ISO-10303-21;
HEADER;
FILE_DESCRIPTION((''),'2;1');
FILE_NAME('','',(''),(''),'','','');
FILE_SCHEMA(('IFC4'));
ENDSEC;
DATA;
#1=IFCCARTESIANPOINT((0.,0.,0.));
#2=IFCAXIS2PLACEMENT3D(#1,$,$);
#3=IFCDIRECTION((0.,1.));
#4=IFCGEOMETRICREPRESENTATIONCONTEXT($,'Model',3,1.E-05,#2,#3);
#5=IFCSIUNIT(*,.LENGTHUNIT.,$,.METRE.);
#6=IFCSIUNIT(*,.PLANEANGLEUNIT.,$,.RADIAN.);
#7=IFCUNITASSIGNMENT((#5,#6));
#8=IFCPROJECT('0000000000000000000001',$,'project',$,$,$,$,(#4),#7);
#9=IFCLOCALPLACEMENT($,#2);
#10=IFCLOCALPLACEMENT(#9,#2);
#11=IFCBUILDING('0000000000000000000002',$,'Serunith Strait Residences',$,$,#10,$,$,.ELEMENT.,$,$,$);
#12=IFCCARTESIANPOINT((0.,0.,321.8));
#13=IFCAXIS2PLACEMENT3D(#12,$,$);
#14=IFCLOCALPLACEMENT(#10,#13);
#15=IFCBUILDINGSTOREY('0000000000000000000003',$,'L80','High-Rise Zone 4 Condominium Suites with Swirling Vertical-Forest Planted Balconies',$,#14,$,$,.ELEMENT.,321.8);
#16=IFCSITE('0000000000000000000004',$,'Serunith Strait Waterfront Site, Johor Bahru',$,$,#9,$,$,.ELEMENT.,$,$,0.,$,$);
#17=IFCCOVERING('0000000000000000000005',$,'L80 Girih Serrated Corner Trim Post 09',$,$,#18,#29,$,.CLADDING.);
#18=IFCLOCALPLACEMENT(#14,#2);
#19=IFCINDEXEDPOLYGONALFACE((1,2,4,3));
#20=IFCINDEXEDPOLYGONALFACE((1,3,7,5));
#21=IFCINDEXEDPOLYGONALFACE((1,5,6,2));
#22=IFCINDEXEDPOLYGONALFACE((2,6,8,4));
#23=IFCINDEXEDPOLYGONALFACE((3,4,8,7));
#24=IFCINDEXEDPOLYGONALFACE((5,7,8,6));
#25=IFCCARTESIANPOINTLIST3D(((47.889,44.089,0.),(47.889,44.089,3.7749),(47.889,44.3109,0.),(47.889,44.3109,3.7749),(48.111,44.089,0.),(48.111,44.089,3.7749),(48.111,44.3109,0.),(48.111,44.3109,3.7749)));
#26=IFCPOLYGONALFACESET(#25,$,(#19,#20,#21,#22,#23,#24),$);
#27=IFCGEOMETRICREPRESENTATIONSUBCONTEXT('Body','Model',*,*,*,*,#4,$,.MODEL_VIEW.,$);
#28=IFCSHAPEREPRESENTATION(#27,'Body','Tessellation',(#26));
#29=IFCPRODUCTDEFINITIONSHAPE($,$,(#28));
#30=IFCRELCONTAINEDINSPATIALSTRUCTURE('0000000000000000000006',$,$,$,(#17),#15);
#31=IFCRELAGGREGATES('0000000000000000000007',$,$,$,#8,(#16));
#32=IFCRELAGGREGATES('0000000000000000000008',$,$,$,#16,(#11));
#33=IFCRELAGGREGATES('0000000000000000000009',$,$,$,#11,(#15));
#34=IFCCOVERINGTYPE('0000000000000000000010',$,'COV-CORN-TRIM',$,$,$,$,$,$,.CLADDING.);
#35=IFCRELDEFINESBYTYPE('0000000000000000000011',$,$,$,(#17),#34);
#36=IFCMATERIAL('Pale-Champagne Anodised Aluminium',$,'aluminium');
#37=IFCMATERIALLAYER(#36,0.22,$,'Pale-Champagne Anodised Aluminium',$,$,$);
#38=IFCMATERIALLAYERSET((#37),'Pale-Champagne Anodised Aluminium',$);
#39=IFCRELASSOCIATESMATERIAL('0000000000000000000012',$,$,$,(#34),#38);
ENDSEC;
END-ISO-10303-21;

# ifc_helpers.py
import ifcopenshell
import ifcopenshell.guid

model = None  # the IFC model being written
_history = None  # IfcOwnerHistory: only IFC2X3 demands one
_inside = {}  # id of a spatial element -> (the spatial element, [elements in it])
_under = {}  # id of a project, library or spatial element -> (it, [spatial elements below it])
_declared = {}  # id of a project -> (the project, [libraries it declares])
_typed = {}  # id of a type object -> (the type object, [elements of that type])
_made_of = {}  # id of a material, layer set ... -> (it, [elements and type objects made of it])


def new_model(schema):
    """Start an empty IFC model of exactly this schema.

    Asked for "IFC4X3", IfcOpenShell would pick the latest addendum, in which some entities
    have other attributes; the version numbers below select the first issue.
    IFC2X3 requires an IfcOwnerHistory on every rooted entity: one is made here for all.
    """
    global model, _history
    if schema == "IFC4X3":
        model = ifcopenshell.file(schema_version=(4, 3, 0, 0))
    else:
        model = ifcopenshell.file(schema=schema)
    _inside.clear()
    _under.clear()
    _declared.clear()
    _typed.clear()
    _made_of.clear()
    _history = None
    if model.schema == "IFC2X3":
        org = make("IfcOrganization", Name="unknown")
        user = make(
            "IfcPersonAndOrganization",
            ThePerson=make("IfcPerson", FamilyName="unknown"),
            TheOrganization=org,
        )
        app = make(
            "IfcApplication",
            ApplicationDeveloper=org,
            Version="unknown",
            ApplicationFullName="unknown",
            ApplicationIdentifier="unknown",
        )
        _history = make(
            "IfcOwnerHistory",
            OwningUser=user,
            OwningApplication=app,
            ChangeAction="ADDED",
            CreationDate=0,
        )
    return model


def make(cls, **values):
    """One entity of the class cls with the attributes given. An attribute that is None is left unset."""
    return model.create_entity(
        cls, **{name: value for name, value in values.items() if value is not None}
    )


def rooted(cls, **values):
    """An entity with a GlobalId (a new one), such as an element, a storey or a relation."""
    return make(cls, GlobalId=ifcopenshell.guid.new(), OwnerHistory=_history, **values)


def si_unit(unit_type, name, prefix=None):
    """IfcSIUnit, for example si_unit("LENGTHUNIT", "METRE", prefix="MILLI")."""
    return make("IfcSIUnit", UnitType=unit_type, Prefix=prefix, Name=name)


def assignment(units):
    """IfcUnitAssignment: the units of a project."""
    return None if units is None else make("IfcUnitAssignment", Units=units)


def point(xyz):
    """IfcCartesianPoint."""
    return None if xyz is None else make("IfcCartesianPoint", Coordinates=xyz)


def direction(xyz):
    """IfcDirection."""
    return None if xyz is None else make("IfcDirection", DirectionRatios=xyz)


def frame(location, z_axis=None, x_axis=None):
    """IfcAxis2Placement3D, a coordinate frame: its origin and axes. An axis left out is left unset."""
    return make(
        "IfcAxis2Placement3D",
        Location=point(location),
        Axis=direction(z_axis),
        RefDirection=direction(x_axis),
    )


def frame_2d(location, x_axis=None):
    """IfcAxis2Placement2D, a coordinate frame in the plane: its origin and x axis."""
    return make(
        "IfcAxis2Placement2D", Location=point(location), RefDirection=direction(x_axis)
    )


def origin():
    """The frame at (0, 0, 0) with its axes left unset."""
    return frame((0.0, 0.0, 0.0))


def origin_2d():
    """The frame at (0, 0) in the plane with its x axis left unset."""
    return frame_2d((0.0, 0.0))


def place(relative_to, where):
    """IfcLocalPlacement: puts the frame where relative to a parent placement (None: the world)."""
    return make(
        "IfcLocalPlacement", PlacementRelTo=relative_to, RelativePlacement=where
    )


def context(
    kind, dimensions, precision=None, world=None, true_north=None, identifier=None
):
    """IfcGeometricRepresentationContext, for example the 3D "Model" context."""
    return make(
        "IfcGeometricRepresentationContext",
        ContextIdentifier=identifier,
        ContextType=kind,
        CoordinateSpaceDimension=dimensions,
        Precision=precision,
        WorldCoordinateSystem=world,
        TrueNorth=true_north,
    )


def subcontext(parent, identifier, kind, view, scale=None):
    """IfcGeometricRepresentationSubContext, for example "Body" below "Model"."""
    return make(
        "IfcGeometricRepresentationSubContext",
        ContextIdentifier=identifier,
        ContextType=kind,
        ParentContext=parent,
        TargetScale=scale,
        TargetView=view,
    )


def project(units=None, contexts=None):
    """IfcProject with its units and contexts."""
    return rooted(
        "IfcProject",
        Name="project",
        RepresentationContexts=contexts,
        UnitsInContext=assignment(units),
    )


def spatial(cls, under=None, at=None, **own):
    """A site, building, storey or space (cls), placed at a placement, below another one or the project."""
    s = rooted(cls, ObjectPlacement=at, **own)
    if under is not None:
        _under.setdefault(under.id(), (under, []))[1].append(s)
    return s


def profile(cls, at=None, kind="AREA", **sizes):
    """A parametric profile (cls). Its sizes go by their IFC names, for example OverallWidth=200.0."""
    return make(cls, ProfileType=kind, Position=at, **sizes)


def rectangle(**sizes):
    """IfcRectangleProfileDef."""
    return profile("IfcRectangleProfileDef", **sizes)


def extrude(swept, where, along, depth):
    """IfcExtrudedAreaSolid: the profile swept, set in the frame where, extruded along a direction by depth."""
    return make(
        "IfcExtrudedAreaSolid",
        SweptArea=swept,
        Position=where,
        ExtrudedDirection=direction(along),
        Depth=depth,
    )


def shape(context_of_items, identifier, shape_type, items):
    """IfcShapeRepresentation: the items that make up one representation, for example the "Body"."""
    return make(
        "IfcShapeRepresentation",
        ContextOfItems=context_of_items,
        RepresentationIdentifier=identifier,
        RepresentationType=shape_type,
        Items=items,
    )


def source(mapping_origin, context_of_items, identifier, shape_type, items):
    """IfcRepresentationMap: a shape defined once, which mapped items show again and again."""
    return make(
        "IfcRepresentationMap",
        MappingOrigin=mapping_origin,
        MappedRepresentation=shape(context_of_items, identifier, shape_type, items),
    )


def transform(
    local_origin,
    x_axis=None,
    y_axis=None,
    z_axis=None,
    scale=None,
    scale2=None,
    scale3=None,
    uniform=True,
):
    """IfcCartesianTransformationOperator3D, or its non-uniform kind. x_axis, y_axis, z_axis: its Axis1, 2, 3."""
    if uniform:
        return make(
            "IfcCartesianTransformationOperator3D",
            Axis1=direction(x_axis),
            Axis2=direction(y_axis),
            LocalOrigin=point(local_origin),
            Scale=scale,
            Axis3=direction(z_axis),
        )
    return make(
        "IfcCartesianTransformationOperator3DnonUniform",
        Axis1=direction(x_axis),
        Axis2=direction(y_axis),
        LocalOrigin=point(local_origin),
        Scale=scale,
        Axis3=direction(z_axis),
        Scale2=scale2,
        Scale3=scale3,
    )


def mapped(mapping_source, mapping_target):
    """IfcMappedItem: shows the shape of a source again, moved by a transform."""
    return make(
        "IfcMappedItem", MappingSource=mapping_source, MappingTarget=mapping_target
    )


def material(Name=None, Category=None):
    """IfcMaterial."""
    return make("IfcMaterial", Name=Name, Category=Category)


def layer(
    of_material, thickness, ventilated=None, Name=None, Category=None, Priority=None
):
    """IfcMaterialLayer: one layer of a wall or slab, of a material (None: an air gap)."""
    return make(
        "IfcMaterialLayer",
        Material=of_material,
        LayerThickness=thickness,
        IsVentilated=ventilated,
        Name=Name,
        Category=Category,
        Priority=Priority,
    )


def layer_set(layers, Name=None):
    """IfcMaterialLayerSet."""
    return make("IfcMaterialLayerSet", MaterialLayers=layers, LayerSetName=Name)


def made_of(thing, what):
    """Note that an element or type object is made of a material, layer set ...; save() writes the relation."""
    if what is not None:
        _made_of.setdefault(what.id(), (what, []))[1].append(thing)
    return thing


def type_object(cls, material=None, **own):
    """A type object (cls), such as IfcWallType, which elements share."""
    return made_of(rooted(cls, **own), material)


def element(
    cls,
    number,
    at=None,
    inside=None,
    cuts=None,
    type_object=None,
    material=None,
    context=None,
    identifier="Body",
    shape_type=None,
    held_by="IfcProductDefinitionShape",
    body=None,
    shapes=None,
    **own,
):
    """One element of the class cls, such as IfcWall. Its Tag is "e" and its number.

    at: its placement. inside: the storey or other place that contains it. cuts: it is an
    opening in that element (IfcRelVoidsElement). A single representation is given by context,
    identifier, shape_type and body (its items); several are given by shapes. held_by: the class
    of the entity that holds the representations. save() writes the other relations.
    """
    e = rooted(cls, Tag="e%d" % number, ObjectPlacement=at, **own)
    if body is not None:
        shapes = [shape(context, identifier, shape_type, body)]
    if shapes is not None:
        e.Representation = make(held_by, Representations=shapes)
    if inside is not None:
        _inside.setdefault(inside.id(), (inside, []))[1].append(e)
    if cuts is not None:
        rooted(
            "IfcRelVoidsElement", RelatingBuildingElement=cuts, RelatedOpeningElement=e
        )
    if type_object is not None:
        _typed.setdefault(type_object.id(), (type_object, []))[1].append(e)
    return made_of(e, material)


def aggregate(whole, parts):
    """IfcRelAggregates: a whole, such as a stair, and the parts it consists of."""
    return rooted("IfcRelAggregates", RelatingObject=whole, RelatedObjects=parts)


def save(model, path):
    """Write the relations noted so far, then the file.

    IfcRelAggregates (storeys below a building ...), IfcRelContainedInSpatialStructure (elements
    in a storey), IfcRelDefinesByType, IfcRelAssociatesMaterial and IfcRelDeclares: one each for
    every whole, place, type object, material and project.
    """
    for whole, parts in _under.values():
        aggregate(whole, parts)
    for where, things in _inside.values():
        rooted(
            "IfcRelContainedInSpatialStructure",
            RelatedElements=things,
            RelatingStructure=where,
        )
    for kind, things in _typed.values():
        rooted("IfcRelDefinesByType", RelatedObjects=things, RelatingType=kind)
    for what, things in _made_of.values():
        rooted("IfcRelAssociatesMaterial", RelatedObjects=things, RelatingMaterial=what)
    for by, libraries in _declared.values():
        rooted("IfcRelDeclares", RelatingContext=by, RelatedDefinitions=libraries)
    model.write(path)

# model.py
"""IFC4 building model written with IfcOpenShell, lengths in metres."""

from ifc_helpers import new_model, si_unit, direction, frame, origin, origin_2d, place, context, subcontext, project, spatial, rectangle, extrude, source, transform, mapped, material, layer, layer_set, type_object, element, save


model = new_model("IFC4")

# Units and contexts
model_context = context("Model", 3, precision=1e-05, world=origin(), true_north=direction((0.0, 1.0)))
body_context = subcontext(model_context, "Body", "Model", "MODEL_VIEW")
ifc_project = project(units=[si_unit("LENGTHUNIT", "METRE"), si_unit("PLANEANGLEUNIT", "RADIAN")], contexts=[model_context])

# Site, building, storey
site_placement = place(None, origin())
site = spatial("IfcSite", under=ifc_project, at=site_placement, Name="Serunith Strait Waterfront Site, Johor Bahru", CompositionType="ELEMENT", RefElevation=0.0)
building_placement = place(site_placement, origin())
building = spatial("IfcBuilding", under=site, at=building_placement, Name="Serunith Strait Residences", CompositionType="ELEMENT")
storey_placement = place(building_placement, frame((0.0, 0.0, 321.8)))
storey = spatial("IfcBuildingStorey", under=building, at=storey_placement, Name="L80", Description="High-Rise Zone 4 Condominium Suites with Swirling Vertical-Forest Planted Balconies", CompositionType="ELEMENT", Elevation=321.8)

# Covering
ifc_material_1 = material(Name="Pale-Champagne Anodised Aluminium", Category="aluminium")
ifc_layer_1 = layer(ifc_material_1, 0.22, Name="Pale-Champagne Anodised Aluminium")
ifc_layer_set_1 = layer_set([ifc_layer_1], Name="Pale-Champagne Anodised Aluminium")
covering_type = type_object("IfcCoveringType", Name="COV-CORN-TRIM", PredefinedType="CLADDING", material=ifc_layer_set_1)
shared_shape_1 = source(origin(), body_context, "Body", "SweptSolid", [
    extrude(rectangle(XDim=0.2219, YDim=0.2219, at=origin_2d()), origin(), (0.0, 0.0, 1.0), 3.7749),
])
for number, where, z_axis, x_axis, name in (
    (1, (48.0, 44.2, 0.0), (0.0, 0.0, 1.0), (1.0, 0.0, 0.0), "L80 Girih Serrated Corner Trim Post 09"),
):
    element("IfcCovering", number, at=place(storey_placement, frame(where, z_axis=z_axis, x_axis=x_axis)), inside=storey, type_object=covering_type, Name=name, PredefinedType="CLADDING", context=body_context, shape_type="MappedRepresentation", body=[
        mapped(shared_shape_1, transform((0.0, 0.0, 0.0), scale=1.0)),
    ])

save(model, "model.ifc")
